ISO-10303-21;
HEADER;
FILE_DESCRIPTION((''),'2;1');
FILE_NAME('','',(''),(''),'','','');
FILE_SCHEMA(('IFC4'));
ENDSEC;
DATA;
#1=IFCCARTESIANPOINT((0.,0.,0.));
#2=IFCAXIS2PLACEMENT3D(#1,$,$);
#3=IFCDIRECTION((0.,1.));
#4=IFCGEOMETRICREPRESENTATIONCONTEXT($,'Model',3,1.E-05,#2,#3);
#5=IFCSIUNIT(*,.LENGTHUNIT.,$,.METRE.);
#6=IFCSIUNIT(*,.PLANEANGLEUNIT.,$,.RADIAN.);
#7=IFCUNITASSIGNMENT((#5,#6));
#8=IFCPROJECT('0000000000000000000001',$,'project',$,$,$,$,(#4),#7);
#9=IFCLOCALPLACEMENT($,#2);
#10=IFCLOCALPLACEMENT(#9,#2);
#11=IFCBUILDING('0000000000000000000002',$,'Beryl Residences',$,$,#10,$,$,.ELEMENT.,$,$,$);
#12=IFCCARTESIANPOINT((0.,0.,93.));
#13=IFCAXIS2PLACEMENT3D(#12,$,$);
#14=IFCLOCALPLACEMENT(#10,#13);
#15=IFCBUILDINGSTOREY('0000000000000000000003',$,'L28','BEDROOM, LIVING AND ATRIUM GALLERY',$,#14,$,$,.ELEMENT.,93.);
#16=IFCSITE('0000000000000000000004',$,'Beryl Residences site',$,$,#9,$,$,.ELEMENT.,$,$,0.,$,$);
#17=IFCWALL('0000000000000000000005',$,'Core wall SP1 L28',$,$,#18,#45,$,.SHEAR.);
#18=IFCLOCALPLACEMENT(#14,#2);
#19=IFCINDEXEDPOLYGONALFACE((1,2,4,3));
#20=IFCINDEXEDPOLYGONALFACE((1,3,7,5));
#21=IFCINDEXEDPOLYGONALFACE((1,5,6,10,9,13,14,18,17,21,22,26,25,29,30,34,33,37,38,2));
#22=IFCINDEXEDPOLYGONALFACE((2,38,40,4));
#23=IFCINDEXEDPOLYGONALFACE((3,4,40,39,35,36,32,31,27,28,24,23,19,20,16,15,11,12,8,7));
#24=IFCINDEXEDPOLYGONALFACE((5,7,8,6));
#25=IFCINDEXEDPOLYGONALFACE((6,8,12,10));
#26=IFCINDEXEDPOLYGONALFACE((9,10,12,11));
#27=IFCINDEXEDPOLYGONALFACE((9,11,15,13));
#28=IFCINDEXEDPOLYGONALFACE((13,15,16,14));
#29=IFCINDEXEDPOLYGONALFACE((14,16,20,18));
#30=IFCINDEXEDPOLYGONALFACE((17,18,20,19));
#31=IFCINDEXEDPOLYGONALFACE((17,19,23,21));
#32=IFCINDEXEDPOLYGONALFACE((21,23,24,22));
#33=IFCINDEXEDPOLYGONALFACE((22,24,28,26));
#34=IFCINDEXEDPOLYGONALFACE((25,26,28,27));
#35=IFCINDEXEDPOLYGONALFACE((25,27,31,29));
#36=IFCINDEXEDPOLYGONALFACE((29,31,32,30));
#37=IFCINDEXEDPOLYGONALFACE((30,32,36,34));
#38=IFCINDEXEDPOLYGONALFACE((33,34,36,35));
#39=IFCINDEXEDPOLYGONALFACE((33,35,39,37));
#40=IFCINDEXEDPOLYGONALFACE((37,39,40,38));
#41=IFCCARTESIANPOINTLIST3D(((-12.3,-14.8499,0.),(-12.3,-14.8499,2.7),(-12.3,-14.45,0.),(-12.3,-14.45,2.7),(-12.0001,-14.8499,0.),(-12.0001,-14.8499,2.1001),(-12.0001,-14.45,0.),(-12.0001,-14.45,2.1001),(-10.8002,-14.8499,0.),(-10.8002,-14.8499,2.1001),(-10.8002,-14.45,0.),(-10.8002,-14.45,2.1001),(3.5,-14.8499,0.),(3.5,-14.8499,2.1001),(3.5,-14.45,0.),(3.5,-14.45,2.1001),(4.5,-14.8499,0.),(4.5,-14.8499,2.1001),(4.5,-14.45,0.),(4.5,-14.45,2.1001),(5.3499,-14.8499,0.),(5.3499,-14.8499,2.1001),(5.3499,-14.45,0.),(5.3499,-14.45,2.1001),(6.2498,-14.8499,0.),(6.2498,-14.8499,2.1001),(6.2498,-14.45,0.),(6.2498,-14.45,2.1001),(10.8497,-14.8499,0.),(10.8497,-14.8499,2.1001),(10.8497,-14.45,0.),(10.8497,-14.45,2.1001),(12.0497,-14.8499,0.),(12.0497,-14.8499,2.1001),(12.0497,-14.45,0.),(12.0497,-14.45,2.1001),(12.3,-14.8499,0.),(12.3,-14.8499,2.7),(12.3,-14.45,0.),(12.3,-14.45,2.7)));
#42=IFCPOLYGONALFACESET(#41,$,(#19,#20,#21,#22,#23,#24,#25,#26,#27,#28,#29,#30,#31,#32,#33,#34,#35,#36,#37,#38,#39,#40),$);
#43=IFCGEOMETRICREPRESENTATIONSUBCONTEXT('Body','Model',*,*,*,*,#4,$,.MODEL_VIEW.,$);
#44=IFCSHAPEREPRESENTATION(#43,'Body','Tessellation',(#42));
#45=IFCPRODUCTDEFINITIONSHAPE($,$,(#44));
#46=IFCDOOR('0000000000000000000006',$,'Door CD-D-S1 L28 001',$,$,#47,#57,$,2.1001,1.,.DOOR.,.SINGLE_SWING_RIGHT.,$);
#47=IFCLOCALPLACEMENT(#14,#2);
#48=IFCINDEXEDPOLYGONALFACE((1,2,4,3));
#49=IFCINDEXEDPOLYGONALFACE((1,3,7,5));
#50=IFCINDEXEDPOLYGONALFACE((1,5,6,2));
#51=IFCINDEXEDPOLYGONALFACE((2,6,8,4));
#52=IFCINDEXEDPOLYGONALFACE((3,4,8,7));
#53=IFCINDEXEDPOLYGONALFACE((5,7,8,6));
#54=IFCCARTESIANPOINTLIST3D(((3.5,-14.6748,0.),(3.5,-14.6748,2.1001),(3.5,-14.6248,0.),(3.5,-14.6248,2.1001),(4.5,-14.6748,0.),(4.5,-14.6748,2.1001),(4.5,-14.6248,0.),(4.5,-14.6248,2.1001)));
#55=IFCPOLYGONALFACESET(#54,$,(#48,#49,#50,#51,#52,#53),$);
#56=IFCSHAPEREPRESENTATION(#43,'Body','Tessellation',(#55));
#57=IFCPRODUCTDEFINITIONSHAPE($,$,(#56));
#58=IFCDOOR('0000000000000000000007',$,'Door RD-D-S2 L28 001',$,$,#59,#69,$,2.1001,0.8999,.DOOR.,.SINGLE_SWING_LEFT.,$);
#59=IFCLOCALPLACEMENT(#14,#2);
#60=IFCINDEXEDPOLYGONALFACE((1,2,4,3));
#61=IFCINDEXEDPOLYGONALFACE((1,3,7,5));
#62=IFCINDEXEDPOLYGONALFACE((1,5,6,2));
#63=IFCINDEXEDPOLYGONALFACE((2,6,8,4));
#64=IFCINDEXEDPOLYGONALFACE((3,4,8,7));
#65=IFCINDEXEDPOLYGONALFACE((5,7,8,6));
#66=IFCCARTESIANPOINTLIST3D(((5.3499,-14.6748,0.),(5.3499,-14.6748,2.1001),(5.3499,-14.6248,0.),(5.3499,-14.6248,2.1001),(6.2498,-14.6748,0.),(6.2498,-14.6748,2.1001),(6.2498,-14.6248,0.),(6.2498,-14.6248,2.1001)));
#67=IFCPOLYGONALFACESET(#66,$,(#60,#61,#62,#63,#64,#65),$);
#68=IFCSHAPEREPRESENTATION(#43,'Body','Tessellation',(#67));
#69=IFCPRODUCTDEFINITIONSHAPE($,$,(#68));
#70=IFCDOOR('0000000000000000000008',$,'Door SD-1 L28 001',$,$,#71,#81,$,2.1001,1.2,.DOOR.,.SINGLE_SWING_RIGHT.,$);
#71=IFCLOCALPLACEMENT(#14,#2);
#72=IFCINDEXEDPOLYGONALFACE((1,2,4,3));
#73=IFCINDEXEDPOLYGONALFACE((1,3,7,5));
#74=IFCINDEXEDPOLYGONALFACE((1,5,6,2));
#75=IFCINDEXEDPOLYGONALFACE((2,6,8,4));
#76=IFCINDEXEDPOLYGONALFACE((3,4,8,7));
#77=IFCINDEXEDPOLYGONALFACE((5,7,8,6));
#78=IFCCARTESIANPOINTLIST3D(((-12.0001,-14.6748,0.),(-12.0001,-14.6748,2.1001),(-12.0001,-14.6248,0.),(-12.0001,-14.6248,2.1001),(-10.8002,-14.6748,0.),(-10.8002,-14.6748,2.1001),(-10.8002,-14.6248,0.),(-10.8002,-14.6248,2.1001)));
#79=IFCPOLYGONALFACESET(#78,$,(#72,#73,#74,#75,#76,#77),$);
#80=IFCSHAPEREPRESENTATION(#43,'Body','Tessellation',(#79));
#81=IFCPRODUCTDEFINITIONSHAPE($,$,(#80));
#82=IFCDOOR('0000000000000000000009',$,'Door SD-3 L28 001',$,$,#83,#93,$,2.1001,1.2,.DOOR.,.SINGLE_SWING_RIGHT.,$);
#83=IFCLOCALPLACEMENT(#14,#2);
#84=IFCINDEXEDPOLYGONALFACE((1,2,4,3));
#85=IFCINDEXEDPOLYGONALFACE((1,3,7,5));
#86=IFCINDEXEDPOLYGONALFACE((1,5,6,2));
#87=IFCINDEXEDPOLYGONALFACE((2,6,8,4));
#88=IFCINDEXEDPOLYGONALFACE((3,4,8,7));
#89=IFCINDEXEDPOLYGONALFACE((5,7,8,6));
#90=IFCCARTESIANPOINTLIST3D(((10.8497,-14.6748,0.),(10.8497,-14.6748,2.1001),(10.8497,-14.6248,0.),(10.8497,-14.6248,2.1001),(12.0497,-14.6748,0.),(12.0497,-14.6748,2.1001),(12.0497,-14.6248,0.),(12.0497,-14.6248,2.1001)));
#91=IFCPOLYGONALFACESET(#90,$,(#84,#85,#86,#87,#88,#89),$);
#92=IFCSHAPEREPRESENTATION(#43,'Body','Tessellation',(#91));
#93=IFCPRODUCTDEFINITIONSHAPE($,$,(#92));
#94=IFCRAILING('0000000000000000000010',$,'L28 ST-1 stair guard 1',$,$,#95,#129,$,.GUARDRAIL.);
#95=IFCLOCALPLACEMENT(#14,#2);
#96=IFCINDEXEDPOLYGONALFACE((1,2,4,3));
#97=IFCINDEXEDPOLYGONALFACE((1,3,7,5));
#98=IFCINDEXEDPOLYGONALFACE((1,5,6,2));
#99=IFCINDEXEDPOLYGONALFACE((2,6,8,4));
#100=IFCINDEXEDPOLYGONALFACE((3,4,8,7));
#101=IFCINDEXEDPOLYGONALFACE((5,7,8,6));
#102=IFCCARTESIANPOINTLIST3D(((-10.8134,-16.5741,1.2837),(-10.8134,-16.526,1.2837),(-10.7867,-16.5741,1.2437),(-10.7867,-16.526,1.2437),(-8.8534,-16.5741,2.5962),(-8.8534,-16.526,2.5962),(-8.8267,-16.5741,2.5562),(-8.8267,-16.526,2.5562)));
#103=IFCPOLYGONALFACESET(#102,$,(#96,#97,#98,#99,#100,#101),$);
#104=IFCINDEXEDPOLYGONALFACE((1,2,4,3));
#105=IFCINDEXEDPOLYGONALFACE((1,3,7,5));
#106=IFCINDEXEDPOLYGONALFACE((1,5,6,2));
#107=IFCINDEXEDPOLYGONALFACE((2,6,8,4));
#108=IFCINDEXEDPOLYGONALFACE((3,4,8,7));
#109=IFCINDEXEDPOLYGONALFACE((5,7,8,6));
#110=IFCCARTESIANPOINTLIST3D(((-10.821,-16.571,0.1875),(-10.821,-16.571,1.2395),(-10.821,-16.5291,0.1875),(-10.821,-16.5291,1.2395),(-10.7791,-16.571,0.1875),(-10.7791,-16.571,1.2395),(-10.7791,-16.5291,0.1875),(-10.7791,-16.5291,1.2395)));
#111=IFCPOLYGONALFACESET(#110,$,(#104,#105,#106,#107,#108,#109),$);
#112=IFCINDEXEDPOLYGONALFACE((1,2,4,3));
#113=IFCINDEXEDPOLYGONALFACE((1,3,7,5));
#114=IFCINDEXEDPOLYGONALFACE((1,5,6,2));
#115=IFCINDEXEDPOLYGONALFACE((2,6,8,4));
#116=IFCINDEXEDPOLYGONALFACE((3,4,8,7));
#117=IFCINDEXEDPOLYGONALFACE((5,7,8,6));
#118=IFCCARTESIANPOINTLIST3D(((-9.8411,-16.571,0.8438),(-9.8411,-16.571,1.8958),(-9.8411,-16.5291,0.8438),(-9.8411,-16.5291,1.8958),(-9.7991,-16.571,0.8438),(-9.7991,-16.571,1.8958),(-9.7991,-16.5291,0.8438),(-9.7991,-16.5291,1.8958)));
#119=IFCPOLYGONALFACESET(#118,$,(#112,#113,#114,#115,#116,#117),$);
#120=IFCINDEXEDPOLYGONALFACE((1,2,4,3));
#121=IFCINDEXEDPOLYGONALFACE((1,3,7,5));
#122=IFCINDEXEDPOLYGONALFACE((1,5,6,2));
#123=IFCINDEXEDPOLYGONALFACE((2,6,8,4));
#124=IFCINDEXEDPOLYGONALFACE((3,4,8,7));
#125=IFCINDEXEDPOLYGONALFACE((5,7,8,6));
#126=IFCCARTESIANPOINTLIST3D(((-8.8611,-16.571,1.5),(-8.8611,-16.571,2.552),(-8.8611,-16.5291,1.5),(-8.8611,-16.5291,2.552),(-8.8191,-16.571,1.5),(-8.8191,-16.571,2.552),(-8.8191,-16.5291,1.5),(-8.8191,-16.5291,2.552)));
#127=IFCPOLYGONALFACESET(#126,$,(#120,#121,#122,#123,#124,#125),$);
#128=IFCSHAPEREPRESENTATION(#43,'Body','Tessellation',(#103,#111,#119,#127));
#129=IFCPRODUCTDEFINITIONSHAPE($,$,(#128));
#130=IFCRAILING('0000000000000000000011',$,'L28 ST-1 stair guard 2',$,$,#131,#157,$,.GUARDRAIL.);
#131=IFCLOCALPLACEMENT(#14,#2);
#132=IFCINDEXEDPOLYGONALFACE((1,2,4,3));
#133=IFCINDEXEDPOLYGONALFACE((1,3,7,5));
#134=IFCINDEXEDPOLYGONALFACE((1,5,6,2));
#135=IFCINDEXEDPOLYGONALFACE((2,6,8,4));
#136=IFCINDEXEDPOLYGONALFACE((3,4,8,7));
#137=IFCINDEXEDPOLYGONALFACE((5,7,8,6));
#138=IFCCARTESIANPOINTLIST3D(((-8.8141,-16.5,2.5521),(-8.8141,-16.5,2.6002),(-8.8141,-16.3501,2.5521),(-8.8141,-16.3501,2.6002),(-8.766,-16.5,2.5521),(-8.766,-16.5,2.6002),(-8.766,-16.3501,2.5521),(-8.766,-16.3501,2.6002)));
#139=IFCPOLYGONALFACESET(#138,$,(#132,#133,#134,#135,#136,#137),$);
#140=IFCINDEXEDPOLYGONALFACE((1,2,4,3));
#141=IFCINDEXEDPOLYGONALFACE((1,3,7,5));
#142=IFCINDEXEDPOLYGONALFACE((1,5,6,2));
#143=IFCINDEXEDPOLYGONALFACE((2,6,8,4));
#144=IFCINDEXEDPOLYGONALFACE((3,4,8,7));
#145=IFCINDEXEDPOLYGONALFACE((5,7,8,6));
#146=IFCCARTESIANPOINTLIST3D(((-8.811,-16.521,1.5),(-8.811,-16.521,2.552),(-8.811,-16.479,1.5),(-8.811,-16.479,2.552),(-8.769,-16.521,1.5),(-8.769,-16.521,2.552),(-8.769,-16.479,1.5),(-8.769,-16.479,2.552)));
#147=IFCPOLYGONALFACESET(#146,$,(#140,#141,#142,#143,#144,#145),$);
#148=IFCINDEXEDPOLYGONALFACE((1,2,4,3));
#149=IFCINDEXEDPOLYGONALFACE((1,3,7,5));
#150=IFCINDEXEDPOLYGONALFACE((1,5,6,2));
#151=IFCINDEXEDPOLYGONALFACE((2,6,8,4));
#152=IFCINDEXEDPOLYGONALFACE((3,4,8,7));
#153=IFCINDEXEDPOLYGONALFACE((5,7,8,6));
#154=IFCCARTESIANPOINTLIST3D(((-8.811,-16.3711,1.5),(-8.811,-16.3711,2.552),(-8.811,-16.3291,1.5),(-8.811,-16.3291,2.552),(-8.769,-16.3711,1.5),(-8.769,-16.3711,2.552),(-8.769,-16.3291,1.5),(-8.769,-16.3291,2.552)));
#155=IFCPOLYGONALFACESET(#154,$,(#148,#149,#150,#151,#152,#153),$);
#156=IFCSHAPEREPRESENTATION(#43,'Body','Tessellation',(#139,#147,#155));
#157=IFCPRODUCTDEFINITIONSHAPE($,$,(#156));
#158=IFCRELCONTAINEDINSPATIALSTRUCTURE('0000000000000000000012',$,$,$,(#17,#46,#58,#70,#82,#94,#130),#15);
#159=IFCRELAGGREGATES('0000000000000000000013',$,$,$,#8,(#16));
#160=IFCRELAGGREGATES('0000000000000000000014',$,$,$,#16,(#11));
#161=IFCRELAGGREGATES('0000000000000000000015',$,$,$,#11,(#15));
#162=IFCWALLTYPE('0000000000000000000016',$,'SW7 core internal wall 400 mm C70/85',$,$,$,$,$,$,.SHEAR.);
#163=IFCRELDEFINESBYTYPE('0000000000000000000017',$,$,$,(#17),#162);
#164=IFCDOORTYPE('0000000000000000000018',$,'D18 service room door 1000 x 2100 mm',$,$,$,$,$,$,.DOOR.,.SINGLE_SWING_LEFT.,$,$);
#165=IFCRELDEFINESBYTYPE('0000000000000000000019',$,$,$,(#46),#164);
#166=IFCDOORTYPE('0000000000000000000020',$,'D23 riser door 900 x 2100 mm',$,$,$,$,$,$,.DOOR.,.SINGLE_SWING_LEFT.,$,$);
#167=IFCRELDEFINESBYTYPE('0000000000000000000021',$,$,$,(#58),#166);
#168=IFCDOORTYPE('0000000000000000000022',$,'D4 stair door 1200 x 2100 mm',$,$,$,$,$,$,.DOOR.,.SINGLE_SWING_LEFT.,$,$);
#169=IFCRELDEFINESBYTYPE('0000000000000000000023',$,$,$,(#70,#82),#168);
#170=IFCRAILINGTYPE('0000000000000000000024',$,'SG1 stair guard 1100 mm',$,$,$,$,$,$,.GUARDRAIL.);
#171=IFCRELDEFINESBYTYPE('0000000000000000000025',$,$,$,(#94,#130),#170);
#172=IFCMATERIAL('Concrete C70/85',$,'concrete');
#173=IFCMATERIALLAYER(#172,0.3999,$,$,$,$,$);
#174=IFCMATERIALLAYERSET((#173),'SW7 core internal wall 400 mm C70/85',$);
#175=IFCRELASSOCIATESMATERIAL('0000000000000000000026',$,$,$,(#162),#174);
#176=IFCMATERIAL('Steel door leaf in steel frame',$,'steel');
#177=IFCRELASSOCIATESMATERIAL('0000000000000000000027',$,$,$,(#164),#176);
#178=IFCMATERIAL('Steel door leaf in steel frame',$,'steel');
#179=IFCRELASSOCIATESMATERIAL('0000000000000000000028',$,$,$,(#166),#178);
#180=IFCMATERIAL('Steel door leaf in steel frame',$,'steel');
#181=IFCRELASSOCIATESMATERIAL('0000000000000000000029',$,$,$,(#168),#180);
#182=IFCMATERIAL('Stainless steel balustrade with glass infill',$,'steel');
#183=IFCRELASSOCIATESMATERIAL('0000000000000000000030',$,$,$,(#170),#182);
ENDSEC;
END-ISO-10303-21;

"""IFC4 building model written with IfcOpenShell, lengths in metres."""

from ifc_helpers import new_model, si_unit, direction, frame, frame_2d, origin, origin_2d, place, context, subcontext, project, spatial, rectangle, extrude, material, layer, layer_set, type_object, element, fill, save


model = new_model("IFC4")

# Units and contexts
model_context = context("Model", 3, precision=1e-05, world=origin(), true_north=direction((0.0, 1.0)))
body_context = subcontext(model_context, "Body", "Model", "MODEL_VIEW")
ifc_project = project(units=[si_unit("LENGTHUNIT", "METRE"), si_unit("PLANEANGLEUNIT", "RADIAN")], contexts=[model_context])

# Site, building, storey
site_placement = place(None, origin())
site = spatial("IfcSite", under=ifc_project, at=site_placement, Name="Beryl Residences site", CompositionType="ELEMENT", RefElevation=0.0)
building_placement = place(site_placement, origin())
building = spatial("IfcBuilding", under=site, at=building_placement, Name="Beryl Residences", CompositionType="ELEMENT")
storey_placement = place(building_placement, frame((0.0, 0.0, 93.0)))
storey = spatial("IfcBuildingStorey", under=building, at=storey_placement, Name="L28", Description="BEDROOM, LIVING AND ATRIUM GALLERY", CompositionType="ELEMENT", Elevation=93.0)

# Wall, openings, doors
ifc_material_1 = material(Name="Concrete C70/85", Category="concrete")
ifc_layer_1 = layer(ifc_material_1, 0.3999)
ifc_layer_set_1 = layer_set([ifc_layer_1], Name="SW7 core internal wall 400 mm C70/85")
wall_type_1 = type_object("IfcWallType", Name="SW7 core internal wall 400 mm C70/85", PredefinedType="SHEAR", material=ifc_layer_set_1)
wall_1_placement = place(storey_placement, frame((-12.3, -14.6499, 0.0), z_axis=(0.0, 0.0, 1.0), x_axis=(1.0, 0.0, 0.0)))
wall_1 = element("IfcWall", 1, at=wall_1_placement, inside=storey, type_object=wall_type_1, Name="Core wall SP1 L28", PredefinedType="SHEAR", context=body_context, shape_type="SweptSolid", body=[
    extrude(rectangle(XDim=24.6001, YDim=0.3999, at=frame_2d((12.3, 0.0))), origin(), (0.0, 0.0, 1.0), 2.7),
])
opening_1_placement = place(wall_1_placement, frame((1.5, 0.0, 0.0), z_axis=(0.0, 0.0, 1.0), x_axis=(-1.0, 0.0, 0.0)))
opening_1 = element("IfcOpeningElement", 2, at=opening_1_placement, cuts=wall_1, PredefinedType="OPENING", context=body_context, shape_type="SweptSolid", body=[
    extrude(rectangle(XDim=1.2, YDim=2.1001, at=frame_2d((0.6001, 1.05))), frame((0.0, 0.21, 0.0), z_axis=(0.0, -1.0, 0.0), x_axis=(1.0, 0.0, 0.0)), (0.0, 0.0, 1.0), 0.4199),
])
opening_2_placement = place(wall_1_placement, frame((24.3499, 0.0, 0.0), z_axis=(0.0, 0.0, 1.0), x_axis=(-1.0, 0.0, 0.0)))
opening_2 = element("IfcOpeningElement", 3, at=opening_2_placement, cuts=wall_1, PredefinedType="OPENING", context=body_context, shape_type="SweptSolid", body=[
    extrude(rectangle(XDim=1.2, YDim=2.1001, at=frame_2d((0.6001, 1.05))), frame((0.0, 0.21, 0.0), z_axis=(0.0, -1.0, 0.0), x_axis=(1.0, 0.0, 0.0)), (0.0, 0.0, 1.0), 0.4199),
])
opening_3_placement = place(wall_1_placement, frame((16.8, 0.0, 0.0), z_axis=(0.0, 0.0, 1.0), x_axis=(-1.0, 0.0, 0.0)))
opening_3 = element("IfcOpeningElement", 4, at=opening_3_placement, cuts=wall_1, PredefinedType="OPENING", context=body_context, shape_type="SweptSolid", body=[
    extrude(rectangle(XDim=1.0, YDim=2.1001, at=frame_2d((0.5, 1.05))), frame((0.0, 0.21, 0.0), z_axis=(0.0, -1.0, 0.0), x_axis=(1.0, 0.0, 0.0)), (0.0, 0.0, 1.0), 0.4199),
])
opening_4_placement = place(wall_1_placement, frame((18.5498, 0.0, 0.0), z_axis=(0.0, 0.0, 1.0), x_axis=(-1.0, 0.0, 0.0)))
opening_4 = element("IfcOpeningElement", 5, at=opening_4_placement, cuts=wall_1, PredefinedType="OPENING", context=body_context, shape_type="SweptSolid", body=[
    extrude(rectangle(XDim=0.8999, YDim=2.1001, at=frame_2d((0.45, 1.05))), frame((0.0, 0.21, 0.0), z_axis=(0.0, -1.0, 0.0), x_axis=(1.0, 0.0, 0.0)), (0.0, 0.0, 1.0), 0.4199),
])
ifc_material_2 = material(Name="Steel door leaf in steel frame", Category="steel")
door_type_1 = type_object("IfcDoorType", Name="D18 service room door 1000 x 2100 mm", OperationType="SINGLE_SWING_LEFT", PredefinedType="DOOR", material=ifc_material_2)
door_1_placement = place(opening_3_placement, origin())
door_1 = element("IfcDoor", 6, at=door_1_placement, inside=storey, type_object=door_type_1, Name="Door CD-D-S1 L28 001", OperationType="SINGLE_SWING_RIGHT", OverallHeight=2.1001, OverallWidth=1.0, PredefinedType="DOOR", context=body_context, shape_type="SweptSolid", body=[
    extrude(rectangle(XDim=1.0, YDim=2.1001, at=frame_2d((0.5, 1.05))), frame((0.0, 0.0249, 0.0), z_axis=(0.0, -1.0, 0.0), x_axis=(1.0, 0.0, 0.0)), (0.0, 0.0, 1.0), 0.05),
])
fill(opening_3, door_1)
ifc_material_3 = material(Name="Steel door leaf in steel frame", Category="steel")
door_type_2 = type_object("IfcDoorType", Name="D23 riser door 900 x 2100 mm", OperationType="SINGLE_SWING_LEFT", PredefinedType="DOOR", material=ifc_material_3)
door_2_placement = place(opening_4_placement, origin())
door_2 = element("IfcDoor", 7, at=door_2_placement, inside=storey, type_object=door_type_2, Name="Door RD-D-S2 L28 001", OperationType="SINGLE_SWING_LEFT", OverallHeight=2.1001, OverallWidth=0.8999, PredefinedType="DOOR", context=body_context, shape_type="SweptSolid", body=[
    extrude(rectangle(XDim=0.8999, YDim=2.1001, at=frame_2d((0.45, 1.05))), frame((0.0, 0.0249, 0.0), z_axis=(0.0, -1.0, 0.0), x_axis=(1.0, 0.0, 0.0)), (0.0, 0.0, 1.0), 0.05),
])
fill(opening_4, door_2)
ifc_material_4 = material(Name="Steel door leaf in steel frame", Category="steel")
door_type_3 = type_object("IfcDoorType", Name="D4 stair door 1200 x 2100 mm", OperationType="SINGLE_SWING_LEFT", PredefinedType="DOOR", material=ifc_material_4)
door_3_placement = place(opening_1_placement, origin())
door_3 = element("IfcDoor", 8, at=door_3_placement, inside=storey, type_object=door_type_3, Name="Door SD-1 L28 001", OperationType="SINGLE_SWING_RIGHT", OverallHeight=2.1001, OverallWidth=1.2, PredefinedType="DOOR", context=body_context, shape_type="SweptSolid", body=[
    extrude(rectangle(XDim=1.2, YDim=2.1001, at=frame_2d((0.6001, 1.05))), frame((0.0, 0.0249, 0.0), z_axis=(0.0, -1.0, 0.0), x_axis=(1.0, 0.0, 0.0)), (0.0, 0.0, 1.0), 0.05),
])
fill(opening_1, door_3)
door_4_placement = place(opening_2_placement, origin())
door_4 = element("IfcDoor", 9, at=door_4_placement, inside=storey, type_object=door_type_3, Name="Door SD-3 L28 001", OperationType="SINGLE_SWING_RIGHT", OverallHeight=2.1001, OverallWidth=1.2, PredefinedType="DOOR", context=body_context, shape_type="SweptSolid", body=[
    extrude(rectangle(XDim=1.2, YDim=2.1001, at=frame_2d((0.6001, 1.05))), frame((0.0, 0.0249, 0.0), z_axis=(0.0, -1.0, 0.0), x_axis=(1.0, 0.0, 0.0)), (0.0, 0.0, 1.0), 0.05),
])
fill(opening_2, door_4)

# Railings
ifc_material_5 = material(Name="Stainless steel balustrade with glass infill", Category="steel")
railing_type_1 = type_object("IfcRailingType", Name="SG1 stair guard 1100 mm", PredefinedType="GUARDRAIL", material=ifc_material_5)
railing_1_placement = place(storey_placement, frame((-10.8, -16.55, 0.1875)))
element("IfcRailing", 10, at=railing_1_placement, inside=storey, type_object=railing_type_1, Name="L28 ST-1 stair guard 1", PredefinedType="GUARDRAIL", context=body_context, shape_type="SweptSolid", body=[
    extrude(rectangle(XDim=0.0481, YDim=0.0481, at=origin_2d()), frame((0.0, 0.0, 1.0762), z_axis=(0.830902, 0.0, 0.556419), x_axis=(0.0, 1.0, 0.0)), (0.0, 0.0, 1.0), 2.3589),
    extrude(rectangle(XDim=0.042, YDim=0.042, at=origin_2d()), origin(), (0.0, 0.0, 1.0), 1.052),
    extrude(rectangle(XDim=0.042, YDim=0.042, at=origin_2d()), frame((0.98, 0.0, 0.6562)), (0.0, 0.0, 1.0), 1.052),
    extrude(rectangle(XDim=0.042, YDim=0.042, at=origin_2d()), frame((1.96, 0.0, 1.3125)), (0.0, 0.0, 1.0), 1.052),
])
railing_2_placement = place(storey_placement, frame((-8.79, -16.5, 1.5)))
element("IfcRailing", 11, at=railing_2_placement, inside=storey, type_object=railing_type_1, Name="L28 ST-1 stair guard 2", PredefinedType="GUARDRAIL", context=body_context, shape_type="SweptSolid", body=[
    extrude(rectangle(XDim=0.0481, YDim=0.0481, at=origin_2d()), frame((0.0, 0.0, 1.0762), z_axis=(0.0, 1.0, 0.0), x_axis=(-1.0, 0.0, 0.0)), (0.0, 0.0, 1.0), 0.1499),
    extrude(rectangle(XDim=0.042, YDim=0.042, at=origin_2d()), origin(), (0.0, 0.0, 1.0), 1.052),
    extrude(rectangle(XDim=0.042, YDim=0.042, at=origin_2d()), frame((0.0, 0.1499, 0.0)), (0.0, 0.0, 1.0), 1.052),
])

save(model, "model.ifc")
